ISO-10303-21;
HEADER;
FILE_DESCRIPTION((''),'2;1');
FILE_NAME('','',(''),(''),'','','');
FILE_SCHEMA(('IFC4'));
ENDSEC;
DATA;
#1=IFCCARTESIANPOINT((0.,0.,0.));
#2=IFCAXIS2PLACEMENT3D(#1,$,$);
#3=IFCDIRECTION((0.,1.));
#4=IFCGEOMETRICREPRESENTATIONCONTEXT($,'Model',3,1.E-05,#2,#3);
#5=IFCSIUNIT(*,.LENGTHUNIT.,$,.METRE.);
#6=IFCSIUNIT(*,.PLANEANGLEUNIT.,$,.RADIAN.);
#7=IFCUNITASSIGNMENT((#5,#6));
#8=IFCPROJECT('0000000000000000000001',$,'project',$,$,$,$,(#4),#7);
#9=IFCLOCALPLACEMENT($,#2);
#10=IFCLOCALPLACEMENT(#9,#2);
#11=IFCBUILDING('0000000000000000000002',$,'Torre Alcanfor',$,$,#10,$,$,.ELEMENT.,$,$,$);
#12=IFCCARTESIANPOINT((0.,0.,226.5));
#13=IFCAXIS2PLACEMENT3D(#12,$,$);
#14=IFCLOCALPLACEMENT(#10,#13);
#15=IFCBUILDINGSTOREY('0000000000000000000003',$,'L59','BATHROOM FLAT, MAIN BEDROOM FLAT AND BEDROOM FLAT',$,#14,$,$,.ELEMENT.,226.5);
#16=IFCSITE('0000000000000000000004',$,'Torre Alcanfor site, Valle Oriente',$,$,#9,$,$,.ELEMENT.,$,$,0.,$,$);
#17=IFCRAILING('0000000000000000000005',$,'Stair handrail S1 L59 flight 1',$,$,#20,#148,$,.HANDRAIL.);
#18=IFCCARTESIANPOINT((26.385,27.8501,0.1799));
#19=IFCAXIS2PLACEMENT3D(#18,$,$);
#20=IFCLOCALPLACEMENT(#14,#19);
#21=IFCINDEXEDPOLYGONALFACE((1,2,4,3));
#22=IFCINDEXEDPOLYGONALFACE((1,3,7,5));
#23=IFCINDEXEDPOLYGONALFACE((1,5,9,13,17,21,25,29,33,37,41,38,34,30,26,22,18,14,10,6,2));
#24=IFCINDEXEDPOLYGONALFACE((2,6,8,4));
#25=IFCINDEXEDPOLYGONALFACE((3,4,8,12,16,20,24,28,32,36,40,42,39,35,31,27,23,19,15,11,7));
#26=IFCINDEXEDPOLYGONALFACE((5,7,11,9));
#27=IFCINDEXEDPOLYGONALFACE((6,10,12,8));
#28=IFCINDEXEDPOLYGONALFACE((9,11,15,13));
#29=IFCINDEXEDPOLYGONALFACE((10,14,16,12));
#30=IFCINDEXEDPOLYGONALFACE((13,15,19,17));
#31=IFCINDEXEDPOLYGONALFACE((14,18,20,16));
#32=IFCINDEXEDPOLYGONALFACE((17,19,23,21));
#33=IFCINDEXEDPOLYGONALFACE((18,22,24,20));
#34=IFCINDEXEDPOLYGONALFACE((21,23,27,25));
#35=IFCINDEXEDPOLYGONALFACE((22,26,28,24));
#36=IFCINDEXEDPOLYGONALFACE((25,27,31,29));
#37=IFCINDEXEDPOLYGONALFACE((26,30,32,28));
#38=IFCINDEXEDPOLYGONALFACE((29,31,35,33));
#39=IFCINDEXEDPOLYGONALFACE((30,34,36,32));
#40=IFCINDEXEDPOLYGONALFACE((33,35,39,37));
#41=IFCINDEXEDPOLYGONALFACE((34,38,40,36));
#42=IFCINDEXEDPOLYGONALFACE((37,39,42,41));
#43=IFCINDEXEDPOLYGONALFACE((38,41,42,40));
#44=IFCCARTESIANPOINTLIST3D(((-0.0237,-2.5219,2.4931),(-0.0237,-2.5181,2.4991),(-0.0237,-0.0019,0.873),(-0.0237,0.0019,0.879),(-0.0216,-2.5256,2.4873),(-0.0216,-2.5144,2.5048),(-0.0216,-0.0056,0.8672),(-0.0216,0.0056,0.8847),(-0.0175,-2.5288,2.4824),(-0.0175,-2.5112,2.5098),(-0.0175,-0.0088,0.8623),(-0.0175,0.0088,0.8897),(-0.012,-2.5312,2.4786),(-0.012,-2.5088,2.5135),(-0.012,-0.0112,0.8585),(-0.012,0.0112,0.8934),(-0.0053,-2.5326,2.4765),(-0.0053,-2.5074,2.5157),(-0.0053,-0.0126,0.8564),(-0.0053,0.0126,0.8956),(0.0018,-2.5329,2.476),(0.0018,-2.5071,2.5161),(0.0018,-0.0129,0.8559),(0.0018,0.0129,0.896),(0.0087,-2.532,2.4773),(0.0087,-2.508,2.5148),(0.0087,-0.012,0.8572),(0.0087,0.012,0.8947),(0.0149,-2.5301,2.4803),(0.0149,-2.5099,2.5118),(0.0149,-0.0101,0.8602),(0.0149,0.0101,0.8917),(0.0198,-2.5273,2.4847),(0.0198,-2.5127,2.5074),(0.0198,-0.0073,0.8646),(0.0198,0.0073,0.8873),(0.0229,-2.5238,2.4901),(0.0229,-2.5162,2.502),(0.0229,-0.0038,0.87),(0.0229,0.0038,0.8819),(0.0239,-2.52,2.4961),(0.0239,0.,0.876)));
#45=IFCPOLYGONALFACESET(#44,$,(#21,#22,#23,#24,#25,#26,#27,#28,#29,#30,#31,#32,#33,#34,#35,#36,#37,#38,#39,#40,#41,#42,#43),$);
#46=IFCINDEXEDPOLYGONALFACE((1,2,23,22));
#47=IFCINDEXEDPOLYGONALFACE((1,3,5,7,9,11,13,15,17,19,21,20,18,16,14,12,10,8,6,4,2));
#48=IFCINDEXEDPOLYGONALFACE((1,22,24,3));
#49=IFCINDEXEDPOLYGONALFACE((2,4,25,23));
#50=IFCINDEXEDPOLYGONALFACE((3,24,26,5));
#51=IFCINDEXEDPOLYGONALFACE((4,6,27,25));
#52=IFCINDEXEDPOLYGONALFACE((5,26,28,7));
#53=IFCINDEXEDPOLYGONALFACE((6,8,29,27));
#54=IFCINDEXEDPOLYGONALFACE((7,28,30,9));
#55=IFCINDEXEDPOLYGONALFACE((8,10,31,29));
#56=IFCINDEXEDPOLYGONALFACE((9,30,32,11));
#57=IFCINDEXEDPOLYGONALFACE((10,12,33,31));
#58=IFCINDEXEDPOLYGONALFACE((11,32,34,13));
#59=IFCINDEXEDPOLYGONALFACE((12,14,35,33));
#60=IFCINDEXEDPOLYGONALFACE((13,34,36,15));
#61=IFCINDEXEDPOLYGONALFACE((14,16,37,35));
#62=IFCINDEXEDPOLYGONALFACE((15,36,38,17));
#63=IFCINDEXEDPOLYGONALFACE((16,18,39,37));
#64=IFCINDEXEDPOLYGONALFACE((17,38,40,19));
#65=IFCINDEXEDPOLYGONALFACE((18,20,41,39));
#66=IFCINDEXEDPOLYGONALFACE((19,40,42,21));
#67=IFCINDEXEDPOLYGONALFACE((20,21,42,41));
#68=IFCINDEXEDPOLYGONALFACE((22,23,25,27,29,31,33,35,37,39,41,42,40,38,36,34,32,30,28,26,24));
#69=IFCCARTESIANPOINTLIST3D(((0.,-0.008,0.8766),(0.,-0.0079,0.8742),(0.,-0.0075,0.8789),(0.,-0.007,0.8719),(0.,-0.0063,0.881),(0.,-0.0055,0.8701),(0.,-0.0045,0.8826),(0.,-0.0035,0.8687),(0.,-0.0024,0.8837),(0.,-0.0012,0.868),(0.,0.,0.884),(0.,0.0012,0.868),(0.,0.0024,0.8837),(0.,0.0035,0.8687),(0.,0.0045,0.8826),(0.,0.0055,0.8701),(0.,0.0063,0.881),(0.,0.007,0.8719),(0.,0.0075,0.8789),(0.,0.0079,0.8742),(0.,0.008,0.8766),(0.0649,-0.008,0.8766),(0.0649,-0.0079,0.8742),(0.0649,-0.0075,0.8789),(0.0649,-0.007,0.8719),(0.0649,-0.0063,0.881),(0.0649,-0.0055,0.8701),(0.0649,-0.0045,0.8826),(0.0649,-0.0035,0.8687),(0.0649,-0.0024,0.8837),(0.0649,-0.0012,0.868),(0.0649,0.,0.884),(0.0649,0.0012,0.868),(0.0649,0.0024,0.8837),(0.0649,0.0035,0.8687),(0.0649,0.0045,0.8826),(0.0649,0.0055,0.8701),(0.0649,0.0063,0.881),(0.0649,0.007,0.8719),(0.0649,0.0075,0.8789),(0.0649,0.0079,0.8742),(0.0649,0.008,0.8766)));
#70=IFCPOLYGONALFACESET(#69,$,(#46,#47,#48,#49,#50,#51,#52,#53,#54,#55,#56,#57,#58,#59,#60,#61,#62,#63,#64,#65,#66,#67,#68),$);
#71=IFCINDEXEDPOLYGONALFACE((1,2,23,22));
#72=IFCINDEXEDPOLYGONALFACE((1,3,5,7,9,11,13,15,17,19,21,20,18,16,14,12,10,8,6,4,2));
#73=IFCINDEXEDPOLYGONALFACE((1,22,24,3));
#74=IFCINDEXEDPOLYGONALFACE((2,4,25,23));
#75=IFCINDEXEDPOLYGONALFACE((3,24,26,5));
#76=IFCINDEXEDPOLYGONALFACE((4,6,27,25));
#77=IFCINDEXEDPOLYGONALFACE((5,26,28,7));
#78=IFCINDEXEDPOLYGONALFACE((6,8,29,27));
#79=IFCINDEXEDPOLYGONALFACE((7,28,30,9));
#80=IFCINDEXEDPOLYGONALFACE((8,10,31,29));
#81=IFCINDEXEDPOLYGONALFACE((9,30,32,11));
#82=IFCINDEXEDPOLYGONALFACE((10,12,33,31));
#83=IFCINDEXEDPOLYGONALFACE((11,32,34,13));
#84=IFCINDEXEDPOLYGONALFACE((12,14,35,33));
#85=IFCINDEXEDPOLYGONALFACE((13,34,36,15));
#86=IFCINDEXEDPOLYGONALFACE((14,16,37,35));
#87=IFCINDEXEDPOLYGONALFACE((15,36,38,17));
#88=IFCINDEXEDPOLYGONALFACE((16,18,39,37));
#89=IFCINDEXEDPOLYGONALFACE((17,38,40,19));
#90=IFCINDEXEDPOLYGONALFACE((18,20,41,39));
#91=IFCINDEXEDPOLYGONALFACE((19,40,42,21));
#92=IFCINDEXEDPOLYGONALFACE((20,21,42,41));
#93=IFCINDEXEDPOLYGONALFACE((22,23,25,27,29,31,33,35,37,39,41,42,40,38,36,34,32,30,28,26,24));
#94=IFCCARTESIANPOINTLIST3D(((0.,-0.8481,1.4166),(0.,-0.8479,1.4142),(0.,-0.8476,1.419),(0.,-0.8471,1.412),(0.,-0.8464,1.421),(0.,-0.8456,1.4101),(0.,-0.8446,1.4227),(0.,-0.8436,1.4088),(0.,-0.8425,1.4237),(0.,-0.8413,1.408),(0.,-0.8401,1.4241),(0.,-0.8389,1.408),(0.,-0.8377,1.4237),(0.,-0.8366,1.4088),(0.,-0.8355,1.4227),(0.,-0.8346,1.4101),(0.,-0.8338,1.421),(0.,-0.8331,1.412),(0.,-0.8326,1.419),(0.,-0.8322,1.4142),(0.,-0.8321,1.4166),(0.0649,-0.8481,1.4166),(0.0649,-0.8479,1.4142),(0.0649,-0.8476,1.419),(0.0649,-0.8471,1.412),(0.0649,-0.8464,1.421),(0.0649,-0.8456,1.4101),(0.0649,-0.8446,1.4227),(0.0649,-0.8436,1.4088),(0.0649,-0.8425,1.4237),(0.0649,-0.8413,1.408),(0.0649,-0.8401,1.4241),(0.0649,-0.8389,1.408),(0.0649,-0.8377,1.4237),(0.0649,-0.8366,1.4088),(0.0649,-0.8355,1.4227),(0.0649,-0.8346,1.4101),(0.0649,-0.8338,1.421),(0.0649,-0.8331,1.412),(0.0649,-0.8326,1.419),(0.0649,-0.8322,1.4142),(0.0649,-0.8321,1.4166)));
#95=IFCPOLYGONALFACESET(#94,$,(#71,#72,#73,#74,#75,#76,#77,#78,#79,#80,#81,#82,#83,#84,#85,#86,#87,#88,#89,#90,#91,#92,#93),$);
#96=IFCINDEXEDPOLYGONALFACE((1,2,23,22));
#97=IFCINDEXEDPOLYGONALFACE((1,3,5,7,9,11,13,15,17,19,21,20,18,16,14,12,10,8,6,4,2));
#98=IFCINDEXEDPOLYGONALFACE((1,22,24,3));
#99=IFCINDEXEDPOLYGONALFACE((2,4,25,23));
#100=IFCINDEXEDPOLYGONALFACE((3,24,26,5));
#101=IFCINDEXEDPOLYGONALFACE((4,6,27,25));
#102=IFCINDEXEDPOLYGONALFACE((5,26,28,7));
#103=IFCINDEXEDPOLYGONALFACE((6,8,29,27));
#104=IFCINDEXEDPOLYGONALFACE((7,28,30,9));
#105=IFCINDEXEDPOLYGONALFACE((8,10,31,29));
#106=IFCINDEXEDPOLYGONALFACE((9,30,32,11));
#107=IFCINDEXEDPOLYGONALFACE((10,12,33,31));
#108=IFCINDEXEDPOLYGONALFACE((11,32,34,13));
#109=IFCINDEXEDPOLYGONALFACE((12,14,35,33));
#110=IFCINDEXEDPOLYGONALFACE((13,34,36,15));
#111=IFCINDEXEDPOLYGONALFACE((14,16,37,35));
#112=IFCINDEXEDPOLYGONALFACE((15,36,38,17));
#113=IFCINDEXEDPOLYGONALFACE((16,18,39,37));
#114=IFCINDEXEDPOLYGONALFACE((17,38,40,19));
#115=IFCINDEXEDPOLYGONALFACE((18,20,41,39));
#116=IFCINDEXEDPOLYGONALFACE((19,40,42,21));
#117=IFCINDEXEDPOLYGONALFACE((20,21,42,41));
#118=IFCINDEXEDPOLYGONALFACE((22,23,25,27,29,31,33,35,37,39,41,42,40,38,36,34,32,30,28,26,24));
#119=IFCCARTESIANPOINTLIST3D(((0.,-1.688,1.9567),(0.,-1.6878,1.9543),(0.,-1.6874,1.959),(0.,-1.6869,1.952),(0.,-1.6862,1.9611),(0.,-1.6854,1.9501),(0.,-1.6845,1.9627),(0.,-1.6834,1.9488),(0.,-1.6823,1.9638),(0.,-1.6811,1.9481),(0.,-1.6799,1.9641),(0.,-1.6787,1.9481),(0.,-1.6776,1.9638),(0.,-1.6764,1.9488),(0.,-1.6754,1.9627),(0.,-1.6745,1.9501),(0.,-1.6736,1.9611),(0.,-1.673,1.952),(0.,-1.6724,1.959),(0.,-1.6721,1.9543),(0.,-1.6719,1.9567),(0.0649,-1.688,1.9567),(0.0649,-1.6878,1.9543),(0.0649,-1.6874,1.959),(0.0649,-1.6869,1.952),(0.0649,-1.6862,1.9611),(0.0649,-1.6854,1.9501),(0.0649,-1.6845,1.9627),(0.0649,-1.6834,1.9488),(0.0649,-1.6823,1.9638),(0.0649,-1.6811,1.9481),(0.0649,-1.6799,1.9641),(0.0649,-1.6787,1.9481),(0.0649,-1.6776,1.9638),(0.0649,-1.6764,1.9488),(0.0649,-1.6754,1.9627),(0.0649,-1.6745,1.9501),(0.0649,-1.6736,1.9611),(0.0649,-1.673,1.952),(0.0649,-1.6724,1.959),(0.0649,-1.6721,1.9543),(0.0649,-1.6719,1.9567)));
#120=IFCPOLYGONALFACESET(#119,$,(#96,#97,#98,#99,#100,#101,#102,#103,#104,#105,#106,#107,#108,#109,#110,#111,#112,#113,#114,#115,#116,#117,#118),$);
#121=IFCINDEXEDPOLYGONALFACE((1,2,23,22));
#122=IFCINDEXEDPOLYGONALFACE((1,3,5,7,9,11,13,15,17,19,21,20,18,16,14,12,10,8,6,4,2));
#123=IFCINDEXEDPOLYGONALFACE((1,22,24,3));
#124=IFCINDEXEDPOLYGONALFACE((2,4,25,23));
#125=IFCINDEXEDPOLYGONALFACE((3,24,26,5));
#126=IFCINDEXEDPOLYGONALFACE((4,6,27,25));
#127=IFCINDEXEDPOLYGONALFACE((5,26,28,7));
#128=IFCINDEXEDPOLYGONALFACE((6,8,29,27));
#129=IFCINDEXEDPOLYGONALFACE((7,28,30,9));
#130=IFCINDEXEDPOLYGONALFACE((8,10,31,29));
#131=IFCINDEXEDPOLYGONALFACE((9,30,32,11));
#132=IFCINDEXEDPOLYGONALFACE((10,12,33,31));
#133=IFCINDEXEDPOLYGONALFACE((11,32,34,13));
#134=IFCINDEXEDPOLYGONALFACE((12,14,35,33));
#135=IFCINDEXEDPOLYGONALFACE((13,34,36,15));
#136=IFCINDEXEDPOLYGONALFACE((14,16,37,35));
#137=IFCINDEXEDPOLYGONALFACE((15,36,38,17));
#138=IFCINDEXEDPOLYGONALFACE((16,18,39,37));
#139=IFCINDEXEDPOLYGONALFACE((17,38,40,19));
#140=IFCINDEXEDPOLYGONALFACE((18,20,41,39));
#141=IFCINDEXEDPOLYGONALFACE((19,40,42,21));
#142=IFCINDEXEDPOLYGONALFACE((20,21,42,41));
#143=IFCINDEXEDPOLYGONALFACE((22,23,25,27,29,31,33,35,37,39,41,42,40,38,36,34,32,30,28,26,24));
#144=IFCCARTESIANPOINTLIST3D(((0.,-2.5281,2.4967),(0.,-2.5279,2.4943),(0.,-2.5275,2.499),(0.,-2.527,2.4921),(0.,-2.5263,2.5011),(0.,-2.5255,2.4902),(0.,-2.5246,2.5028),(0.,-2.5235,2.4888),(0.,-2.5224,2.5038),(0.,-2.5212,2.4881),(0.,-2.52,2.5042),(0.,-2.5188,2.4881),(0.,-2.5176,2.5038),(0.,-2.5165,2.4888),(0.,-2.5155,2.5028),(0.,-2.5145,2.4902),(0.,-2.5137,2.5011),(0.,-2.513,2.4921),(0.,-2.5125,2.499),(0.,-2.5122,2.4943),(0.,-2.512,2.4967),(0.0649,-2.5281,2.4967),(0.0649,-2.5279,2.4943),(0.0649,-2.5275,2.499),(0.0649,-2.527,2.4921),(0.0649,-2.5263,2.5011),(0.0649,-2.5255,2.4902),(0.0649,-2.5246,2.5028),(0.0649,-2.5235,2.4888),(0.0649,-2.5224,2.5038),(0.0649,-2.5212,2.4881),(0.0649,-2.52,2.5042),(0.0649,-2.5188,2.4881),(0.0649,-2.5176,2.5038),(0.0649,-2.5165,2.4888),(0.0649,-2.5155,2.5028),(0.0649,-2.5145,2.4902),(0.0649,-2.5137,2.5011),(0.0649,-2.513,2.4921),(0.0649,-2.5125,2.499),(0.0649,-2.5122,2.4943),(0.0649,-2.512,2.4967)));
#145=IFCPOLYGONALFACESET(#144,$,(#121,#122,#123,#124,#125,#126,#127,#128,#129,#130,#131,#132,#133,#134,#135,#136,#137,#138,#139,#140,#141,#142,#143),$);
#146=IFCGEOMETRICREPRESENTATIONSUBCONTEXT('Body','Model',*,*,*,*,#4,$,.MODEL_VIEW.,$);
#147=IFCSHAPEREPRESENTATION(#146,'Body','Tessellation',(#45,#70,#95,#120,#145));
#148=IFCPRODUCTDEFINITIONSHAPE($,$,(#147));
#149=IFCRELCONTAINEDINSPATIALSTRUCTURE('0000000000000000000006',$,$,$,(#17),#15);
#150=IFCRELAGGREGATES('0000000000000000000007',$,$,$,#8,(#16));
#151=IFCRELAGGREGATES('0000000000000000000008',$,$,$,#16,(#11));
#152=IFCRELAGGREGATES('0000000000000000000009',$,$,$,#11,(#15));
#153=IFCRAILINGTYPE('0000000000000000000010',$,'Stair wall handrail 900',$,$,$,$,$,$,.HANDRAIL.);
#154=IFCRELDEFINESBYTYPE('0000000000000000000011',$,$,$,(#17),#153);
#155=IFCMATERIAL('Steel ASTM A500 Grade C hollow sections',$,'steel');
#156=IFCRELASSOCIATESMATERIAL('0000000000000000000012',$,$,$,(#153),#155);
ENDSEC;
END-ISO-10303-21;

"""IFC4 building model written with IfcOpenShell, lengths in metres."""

from ifc_helpers import new_model, si_unit, direction, frame, origin, origin_2d, place, context, subcontext, project, spatial, circle, extrude, material, type_object, element, save


model = new_model("IFC4")

# Units and contexts
model_context = context("Model", 3, precision=1e-05, world=origin(), true_north=direction((0.0, 1.0)))
body_context = subcontext(model_context, "Body", "Model", "MODEL_VIEW")
ifc_project = project(units=[si_unit("LENGTHUNIT", "METRE"), si_unit("PLANEANGLEUNIT", "RADIAN")], contexts=[model_context])

# Site, building, storey
site_placement = place(None, origin())
site = spatial("IfcSite", under=ifc_project, at=site_placement, Name="Torre Alcanfor site, Valle Oriente", CompositionType="ELEMENT", RefElevation=0.0)
building_placement = place(site_placement, origin())
building = spatial("IfcBuilding", under=site, at=building_placement, Name="Torre Alcanfor", CompositionType="ELEMENT")
storey_placement = place(building_placement, frame((0.0, 0.0, 226.5)))
storey = spatial("IfcBuildingStorey", under=building, at=storey_placement, Name="L59", Description="BATHROOM FLAT, MAIN BEDROOM FLAT AND BEDROOM FLAT", CompositionType="ELEMENT", Elevation=226.5)

# Railing
ifc_material_1 = material(Name="Steel ASTM A500 Grade C hollow sections", Category="steel")
railing_type = type_object("IfcRailingType", Name="Stair wall handrail 900", PredefinedType="HANDRAIL", material=ifc_material_1)
railing_placement = place(storey_placement, frame((26.385, 27.8501, 0.1799)))
element("IfcRailing", 1, at=railing_placement, inside=storey, type_object=railing_type, Name="Stair handrail S1 L59 flight 1", PredefinedType="HANDRAIL", context=body_context, shape_type="SweptSolid", body=[
    extrude(circle(Radius=0.0239, at=origin_2d()), frame((0.0, 0.0, 0.876), z_axis=(0.0, -0.841163, 0.540782), x_axis=(1.0, 0.0, 0.0)), (0.0, 0.0, 1.0), 2.9958),
    extrude(circle(Radius=0.0081, at=origin_2d()), frame((0.0, 0.0, 0.876), z_axis=(1.0, 0.0, 0.0), x_axis=(0.0, 0.0, 1.0)), (0.0, 0.0, 1.0), 0.0649),
    extrude(circle(Radius=0.0081, at=origin_2d()), frame((0.0, -0.8401, 1.416), z_axis=(1.0, 0.0, 0.0), x_axis=(0.0, 0.0, 1.0)), (0.0, 0.0, 1.0), 0.0649),
    extrude(circle(Radius=0.0081, at=origin_2d()), frame((0.0, -1.6799, 1.9561), z_axis=(1.0, 0.0, 0.0), x_axis=(0.0, 0.0, 1.0)), (0.0, 0.0, 1.0), 0.0649),
    extrude(circle(Radius=0.0081, at=origin_2d()), frame((0.0, -2.52, 2.4961), z_axis=(1.0, 0.0, 0.0), x_axis=(0.0, 0.0, 1.0)), (0.0, 0.0, 1.0), 0.0649),
])

save(model, "model.ifc")
